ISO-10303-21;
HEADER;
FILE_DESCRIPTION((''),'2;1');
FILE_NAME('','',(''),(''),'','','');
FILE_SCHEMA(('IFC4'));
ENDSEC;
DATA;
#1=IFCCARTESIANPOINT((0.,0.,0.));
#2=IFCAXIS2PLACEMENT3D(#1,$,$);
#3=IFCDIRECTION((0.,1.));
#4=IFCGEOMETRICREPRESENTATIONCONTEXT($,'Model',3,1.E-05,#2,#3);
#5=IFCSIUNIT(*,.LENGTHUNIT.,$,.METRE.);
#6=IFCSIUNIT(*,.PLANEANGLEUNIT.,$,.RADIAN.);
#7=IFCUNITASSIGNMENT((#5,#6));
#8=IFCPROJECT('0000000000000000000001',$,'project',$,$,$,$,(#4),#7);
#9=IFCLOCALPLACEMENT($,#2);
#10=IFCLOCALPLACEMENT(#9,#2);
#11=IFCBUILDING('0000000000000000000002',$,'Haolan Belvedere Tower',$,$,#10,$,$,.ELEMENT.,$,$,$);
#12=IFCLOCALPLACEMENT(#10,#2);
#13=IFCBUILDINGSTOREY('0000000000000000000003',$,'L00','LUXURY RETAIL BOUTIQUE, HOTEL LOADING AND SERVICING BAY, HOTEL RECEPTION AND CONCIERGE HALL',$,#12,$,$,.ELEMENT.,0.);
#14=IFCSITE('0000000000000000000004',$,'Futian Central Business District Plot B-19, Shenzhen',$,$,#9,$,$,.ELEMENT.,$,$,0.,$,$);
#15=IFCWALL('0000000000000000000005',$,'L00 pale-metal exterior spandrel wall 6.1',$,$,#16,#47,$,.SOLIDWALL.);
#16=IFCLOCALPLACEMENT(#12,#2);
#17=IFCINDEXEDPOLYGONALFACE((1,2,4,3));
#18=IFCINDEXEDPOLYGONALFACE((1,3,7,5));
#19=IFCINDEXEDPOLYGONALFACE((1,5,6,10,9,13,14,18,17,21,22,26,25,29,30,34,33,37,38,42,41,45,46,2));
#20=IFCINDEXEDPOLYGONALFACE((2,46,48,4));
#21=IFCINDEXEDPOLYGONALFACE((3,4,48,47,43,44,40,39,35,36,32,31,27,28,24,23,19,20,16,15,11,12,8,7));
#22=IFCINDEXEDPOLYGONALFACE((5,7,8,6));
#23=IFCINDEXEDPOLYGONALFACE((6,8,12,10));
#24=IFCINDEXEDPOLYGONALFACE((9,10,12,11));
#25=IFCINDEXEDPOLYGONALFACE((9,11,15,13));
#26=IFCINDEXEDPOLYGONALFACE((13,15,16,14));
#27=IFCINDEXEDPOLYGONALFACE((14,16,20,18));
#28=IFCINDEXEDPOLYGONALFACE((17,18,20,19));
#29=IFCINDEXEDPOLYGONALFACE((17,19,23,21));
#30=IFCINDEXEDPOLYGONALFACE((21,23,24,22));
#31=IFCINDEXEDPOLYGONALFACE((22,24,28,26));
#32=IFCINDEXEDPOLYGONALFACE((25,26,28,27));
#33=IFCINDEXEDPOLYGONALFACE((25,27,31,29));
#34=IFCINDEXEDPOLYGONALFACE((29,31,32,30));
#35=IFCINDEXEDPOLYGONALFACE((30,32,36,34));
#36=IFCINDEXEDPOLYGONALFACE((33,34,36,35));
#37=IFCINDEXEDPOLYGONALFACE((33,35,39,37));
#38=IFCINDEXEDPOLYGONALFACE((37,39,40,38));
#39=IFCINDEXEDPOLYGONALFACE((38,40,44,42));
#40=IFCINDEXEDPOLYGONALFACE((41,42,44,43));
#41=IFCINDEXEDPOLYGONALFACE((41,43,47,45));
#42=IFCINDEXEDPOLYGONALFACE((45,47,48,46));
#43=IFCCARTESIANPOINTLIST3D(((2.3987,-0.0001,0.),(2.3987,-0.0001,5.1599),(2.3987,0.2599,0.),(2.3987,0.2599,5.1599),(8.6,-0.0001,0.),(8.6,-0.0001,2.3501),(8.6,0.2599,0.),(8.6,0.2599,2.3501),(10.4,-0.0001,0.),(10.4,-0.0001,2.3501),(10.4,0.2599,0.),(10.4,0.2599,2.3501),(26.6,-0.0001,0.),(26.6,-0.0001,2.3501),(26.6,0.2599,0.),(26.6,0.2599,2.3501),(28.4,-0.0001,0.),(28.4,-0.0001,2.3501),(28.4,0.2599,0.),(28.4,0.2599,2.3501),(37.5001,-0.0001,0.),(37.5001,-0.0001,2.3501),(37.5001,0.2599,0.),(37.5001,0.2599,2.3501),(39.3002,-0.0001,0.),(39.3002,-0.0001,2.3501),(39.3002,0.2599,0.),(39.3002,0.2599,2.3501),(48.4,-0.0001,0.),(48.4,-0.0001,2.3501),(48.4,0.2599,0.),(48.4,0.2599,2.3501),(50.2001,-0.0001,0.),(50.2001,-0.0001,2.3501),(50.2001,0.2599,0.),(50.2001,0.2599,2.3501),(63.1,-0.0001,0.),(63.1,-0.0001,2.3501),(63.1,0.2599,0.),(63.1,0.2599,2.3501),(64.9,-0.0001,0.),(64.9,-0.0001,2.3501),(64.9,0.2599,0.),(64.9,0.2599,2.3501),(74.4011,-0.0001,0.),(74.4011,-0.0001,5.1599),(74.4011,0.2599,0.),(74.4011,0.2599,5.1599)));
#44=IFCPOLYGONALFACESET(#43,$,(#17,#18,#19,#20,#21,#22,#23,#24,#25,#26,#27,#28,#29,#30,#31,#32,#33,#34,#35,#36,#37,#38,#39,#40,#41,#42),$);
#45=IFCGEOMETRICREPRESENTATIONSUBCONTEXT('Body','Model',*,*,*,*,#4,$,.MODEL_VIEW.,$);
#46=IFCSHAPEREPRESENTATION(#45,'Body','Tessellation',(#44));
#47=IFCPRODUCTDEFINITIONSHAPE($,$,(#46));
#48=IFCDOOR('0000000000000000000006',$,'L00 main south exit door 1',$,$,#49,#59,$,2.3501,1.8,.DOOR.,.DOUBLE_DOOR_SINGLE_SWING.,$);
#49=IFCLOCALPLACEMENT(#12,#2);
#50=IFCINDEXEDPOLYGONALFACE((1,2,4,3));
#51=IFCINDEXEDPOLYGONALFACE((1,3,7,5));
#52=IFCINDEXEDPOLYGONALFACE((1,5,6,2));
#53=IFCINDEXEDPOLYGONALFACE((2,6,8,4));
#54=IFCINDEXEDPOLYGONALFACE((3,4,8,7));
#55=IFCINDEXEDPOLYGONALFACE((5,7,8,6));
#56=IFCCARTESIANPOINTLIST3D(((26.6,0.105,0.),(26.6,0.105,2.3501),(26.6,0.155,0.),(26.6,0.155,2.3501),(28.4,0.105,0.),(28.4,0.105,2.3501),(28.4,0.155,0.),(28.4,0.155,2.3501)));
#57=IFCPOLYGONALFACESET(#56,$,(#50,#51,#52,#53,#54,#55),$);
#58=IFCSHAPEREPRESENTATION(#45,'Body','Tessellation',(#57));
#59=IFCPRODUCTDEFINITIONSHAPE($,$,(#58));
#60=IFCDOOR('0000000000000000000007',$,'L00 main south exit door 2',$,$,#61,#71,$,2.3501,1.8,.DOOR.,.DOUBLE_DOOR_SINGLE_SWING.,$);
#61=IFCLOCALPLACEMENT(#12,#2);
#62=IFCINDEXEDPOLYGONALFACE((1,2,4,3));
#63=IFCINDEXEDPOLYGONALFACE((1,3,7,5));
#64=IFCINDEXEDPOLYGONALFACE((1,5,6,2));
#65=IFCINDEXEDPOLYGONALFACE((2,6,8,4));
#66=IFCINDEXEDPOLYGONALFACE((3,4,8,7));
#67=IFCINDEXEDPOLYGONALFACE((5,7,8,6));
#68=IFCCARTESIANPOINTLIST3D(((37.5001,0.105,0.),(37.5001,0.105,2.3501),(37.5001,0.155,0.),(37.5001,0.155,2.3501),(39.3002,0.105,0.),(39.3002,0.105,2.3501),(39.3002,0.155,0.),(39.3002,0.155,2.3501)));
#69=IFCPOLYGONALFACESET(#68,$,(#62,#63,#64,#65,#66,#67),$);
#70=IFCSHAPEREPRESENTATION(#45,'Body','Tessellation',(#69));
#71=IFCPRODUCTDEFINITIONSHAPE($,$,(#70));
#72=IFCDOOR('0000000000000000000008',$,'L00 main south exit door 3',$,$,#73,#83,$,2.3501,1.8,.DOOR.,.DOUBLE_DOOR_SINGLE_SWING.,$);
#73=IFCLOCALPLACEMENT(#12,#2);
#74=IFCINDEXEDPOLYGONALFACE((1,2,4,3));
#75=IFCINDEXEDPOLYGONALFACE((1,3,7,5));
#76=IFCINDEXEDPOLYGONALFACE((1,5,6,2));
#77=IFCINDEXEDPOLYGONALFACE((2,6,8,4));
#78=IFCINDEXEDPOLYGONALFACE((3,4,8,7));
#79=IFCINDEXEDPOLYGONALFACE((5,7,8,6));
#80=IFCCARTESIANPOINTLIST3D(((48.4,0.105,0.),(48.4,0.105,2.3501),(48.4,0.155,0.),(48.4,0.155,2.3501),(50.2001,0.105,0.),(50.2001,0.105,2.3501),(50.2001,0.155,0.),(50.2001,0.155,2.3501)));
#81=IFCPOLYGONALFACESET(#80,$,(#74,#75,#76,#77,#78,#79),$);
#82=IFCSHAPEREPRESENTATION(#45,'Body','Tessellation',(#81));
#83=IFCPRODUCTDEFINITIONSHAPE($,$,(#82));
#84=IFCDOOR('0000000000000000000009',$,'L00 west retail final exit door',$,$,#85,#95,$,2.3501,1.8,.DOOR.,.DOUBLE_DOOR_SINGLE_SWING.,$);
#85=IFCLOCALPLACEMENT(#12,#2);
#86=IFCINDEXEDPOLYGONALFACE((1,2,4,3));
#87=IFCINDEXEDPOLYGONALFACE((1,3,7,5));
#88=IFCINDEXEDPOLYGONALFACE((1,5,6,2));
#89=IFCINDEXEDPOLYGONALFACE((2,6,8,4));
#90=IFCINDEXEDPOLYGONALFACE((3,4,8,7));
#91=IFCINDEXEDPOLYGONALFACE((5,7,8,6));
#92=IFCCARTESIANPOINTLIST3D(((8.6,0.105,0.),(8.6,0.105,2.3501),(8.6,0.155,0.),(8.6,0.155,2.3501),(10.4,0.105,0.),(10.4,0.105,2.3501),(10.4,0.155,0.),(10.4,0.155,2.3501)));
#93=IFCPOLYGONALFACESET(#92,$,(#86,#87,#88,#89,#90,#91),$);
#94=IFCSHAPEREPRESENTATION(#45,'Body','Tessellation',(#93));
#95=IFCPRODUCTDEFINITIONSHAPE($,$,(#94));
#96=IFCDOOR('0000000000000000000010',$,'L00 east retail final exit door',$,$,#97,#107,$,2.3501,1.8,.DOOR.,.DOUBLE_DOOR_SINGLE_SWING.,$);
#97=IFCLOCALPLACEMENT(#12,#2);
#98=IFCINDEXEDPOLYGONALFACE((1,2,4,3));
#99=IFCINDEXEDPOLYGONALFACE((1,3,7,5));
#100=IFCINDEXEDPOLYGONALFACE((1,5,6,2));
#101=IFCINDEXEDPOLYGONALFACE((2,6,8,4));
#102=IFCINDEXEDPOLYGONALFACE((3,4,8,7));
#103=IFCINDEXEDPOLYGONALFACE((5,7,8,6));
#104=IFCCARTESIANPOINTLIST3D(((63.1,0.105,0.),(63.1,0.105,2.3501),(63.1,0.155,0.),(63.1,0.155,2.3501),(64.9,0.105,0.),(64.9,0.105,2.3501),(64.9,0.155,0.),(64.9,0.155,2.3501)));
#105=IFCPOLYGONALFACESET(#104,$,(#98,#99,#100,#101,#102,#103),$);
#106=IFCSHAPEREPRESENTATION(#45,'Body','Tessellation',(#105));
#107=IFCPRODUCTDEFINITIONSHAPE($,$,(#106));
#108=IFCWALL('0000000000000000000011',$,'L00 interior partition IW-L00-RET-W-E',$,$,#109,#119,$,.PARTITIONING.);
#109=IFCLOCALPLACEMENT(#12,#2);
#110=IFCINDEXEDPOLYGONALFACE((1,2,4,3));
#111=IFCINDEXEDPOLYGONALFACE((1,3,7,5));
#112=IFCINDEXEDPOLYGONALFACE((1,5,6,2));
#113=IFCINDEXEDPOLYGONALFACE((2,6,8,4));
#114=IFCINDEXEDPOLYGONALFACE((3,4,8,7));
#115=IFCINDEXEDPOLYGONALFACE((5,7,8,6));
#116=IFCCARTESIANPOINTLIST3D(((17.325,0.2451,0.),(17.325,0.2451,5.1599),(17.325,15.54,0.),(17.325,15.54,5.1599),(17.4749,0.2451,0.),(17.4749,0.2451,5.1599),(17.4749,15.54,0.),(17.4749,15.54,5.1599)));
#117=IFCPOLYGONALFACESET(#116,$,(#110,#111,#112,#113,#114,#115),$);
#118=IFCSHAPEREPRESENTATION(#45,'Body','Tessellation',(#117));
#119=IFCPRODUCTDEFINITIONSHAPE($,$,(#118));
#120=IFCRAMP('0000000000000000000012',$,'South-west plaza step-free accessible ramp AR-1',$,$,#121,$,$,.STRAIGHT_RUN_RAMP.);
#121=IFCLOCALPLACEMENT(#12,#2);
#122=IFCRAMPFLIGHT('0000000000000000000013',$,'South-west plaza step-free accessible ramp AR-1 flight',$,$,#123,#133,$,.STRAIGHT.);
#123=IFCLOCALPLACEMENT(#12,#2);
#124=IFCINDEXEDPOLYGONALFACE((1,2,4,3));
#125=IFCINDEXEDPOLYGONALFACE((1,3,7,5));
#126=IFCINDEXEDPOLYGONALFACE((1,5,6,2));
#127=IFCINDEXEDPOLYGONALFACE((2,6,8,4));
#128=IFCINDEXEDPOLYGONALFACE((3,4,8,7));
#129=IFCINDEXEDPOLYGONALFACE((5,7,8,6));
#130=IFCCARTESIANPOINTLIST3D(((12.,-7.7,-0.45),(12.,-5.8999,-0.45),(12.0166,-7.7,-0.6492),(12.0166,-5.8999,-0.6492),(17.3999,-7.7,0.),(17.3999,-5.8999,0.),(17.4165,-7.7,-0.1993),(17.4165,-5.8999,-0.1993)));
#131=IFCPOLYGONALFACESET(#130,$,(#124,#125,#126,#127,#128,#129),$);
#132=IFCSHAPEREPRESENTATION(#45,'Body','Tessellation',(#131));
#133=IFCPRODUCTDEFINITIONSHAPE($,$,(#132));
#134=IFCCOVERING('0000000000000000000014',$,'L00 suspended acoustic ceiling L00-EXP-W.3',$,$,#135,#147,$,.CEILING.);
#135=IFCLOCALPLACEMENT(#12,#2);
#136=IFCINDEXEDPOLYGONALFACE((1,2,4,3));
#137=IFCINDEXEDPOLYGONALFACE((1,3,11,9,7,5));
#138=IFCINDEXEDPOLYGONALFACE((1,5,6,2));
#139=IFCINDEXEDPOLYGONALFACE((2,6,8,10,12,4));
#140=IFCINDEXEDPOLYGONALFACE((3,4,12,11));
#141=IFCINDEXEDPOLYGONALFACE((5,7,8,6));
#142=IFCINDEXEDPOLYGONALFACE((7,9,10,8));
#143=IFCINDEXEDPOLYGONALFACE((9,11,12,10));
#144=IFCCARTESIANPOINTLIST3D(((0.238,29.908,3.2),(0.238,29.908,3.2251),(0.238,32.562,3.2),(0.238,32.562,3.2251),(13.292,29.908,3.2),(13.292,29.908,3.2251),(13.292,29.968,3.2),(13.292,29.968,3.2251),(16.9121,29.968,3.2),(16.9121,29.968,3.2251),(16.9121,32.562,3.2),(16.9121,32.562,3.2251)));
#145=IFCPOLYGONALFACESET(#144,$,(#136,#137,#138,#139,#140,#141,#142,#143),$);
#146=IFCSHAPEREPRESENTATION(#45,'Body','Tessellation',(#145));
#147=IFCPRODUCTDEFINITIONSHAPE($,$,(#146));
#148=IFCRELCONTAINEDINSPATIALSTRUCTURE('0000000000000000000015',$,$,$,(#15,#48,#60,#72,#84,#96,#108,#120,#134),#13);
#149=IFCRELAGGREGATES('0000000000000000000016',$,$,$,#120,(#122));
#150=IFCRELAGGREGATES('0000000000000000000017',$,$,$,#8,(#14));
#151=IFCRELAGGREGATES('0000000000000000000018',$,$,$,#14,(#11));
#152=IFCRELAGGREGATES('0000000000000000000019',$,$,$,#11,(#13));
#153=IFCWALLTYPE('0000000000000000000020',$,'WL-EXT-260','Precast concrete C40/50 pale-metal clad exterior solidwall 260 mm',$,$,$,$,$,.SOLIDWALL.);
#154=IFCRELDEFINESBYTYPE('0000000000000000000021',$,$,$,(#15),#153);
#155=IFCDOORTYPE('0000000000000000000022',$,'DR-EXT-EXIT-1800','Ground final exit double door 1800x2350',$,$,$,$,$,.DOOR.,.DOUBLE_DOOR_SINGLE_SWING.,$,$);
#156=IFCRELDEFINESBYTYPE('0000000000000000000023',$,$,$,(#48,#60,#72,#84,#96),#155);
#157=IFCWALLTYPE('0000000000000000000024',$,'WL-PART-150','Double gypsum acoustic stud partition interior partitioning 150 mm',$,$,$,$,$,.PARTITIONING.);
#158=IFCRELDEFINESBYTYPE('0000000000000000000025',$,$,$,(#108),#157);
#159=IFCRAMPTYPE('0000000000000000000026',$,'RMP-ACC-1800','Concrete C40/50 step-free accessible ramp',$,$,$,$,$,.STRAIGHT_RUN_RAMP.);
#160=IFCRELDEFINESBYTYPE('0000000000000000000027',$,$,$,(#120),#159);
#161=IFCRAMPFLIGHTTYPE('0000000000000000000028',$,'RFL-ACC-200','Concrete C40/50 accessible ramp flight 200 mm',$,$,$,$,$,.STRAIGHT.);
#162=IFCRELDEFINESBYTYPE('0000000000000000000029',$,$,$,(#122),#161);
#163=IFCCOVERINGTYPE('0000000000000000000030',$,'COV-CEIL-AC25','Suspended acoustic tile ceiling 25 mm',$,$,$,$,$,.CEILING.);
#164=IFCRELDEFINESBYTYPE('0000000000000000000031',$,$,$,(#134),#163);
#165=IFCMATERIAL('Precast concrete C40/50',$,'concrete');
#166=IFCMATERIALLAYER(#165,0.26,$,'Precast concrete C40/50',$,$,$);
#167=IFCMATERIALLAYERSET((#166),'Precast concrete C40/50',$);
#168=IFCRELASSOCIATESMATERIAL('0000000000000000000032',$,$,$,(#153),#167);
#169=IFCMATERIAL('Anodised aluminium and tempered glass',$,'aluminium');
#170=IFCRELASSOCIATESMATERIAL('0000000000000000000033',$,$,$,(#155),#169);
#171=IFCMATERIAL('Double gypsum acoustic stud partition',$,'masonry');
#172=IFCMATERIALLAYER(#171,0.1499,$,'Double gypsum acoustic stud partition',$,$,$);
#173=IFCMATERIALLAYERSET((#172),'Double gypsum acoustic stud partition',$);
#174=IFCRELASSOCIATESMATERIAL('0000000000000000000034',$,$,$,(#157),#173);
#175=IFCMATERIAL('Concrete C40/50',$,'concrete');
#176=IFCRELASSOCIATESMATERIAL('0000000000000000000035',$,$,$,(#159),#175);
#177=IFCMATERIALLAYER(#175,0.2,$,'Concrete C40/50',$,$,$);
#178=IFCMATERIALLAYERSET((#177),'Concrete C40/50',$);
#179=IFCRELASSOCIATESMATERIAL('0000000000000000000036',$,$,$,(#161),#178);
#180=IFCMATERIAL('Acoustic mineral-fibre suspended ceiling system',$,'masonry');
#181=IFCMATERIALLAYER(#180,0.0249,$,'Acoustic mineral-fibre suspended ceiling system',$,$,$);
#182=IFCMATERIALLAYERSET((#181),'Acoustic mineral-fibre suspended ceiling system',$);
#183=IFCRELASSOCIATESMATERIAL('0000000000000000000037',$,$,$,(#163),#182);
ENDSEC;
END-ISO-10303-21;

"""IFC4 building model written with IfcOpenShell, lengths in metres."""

from ifc_helpers import new_model, si_unit, direction, frame, frame_2d, origin, place, context, subcontext, project, spatial, polyline, rectangle, outline, extrude, material, layer, layer_set, type_object, element, fill, aggregate, save


model = new_model("IFC4")

# Units and contexts
model_context = context("Model", 3, precision=1e-05, world=origin(), true_north=direction((0.0, 1.0)))
body_context = subcontext(model_context, "Body", "Model", "MODEL_VIEW")
ifc_project = project(units=[si_unit("LENGTHUNIT", "METRE"), si_unit("PLANEANGLEUNIT", "RADIAN")], contexts=[model_context])

# Site, building, storey
site_placement = place(None, origin())
site = spatial("IfcSite", under=ifc_project, at=site_placement, Name="Futian Central Business District Plot B-19, Shenzhen", CompositionType="ELEMENT", RefElevation=0.0)
building_placement = place(site_placement, origin())
building = spatial("IfcBuilding", under=site, at=building_placement, Name="Haolan Belvedere Tower", CompositionType="ELEMENT")
storey_placement = place(building_placement, origin())
storey = spatial("IfcBuildingStorey", under=building, at=storey_placement, Name="L00", Description="LUXURY RETAIL BOUTIQUE, HOTEL LOADING AND SERVICING BAY, HOTEL RECEPTION AND CONCIERGE HALL", CompositionType="ELEMENT", Elevation=0.0)

# Shared definitions
ifc_material_1 = material(Name="Precast concrete C40/50", Category="concrete")
ifc_layer_1 = layer(ifc_material_1, 0.26, Name="Precast concrete C40/50")
ifc_layer_set_1 = layer_set([ifc_layer_1], Name="Precast concrete C40/50")
wall_type_1 = type_object("IfcWallType", Name="WL-EXT-260", Description="Precast concrete C40/50 pale-metal clad exterior solidwall 260 mm", PredefinedType="SOLIDWALL", material=ifc_layer_set_1)

# Wall, openings, doors
wall_1_placement = place(storey_placement, frame((2.3987, 0.1299, 0.0), z_axis=(0.0, 0.0, 1.0), x_axis=(1.0, 0.0, 0.0)))
wall_1 = element("IfcWall", 1, at=wall_1_placement, inside=storey, type_object=wall_type_1, Name="L00 pale-metal exterior spandrel wall 6.1", PredefinedType="SOLIDWALL", context=body_context, shape_type="SweptSolid", body=[
    extrude(rectangle(XDim=72.0024, YDim=0.26, at=frame_2d((36.0012, 0.0))), origin(), (0.0, 0.0, 1.0), 5.1599),
])
opening_1_placement = place(wall_1_placement, frame((26.0012, 0.0, 0.0), z_axis=(0.0, 0.0, 1.0), x_axis=(-1.0, 0.0, 0.0)))
opening_1 = element("IfcOpeningElement", 2, at=opening_1_placement, cuts=wall_1, PredefinedType="OPENING", context=body_context, shape_type="SweptSolid", body=[
    extrude(rectangle(XDim=1.8, YDim=2.3501, at=frame_2d((0.8999, 1.175))), frame((0.0, 0.1399, 0.0), z_axis=(0.0, -1.0, 0.0), x_axis=(1.0, 0.0, 0.0)), (0.0, 0.0, 1.0), 0.28),
])
opening_2_placement = place(wall_1_placement, frame((36.9014, 0.0, 0.0), z_axis=(0.0, 0.0, 1.0), x_axis=(-1.0, 0.0, 0.0)))
opening_2 = element("IfcOpeningElement", 3, at=opening_2_placement, cuts=wall_1, PredefinedType="OPENING", context=body_context, shape_type="SweptSolid", body=[
    extrude(rectangle(XDim=1.8, YDim=2.3501, at=frame_2d((0.8999, 1.175))), frame((0.0, 0.1399, 0.0), z_axis=(0.0, -1.0, 0.0), x_axis=(1.0, 0.0, 0.0)), (0.0, 0.0, 1.0), 0.28),
])
opening_3_placement = place(wall_1_placement, frame((47.8013, 0.0, 0.0), z_axis=(0.0, 0.0, 1.0), x_axis=(-1.0, 0.0, 0.0)))
opening_3 = element("IfcOpeningElement", 4, at=opening_3_placement, cuts=wall_1, PredefinedType="OPENING", context=body_context, shape_type="SweptSolid", body=[
    extrude(rectangle(XDim=1.8, YDim=2.3501, at=frame_2d((0.8999, 1.175))), frame((0.0, 0.1399, 0.0), z_axis=(0.0, -1.0, 0.0), x_axis=(1.0, 0.0, 0.0)), (0.0, 0.0, 1.0), 0.28),
])
opening_4_placement = place(wall_1_placement, frame((8.0012, 0.0, 0.0), z_axis=(0.0, 0.0, 1.0), x_axis=(-1.0, 0.0, 0.0)))
opening_4 = element("IfcOpeningElement", 5, at=opening_4_placement, cuts=wall_1, PredefinedType="OPENING", context=body_context, shape_type="SweptSolid", body=[
    extrude(rectangle(XDim=1.8, YDim=2.3501, at=frame_2d((0.8999, 1.175))), frame((0.0, 0.1399, 0.0), z_axis=(0.0, -1.0, 0.0), x_axis=(1.0, 0.0, 0.0)), (0.0, 0.0, 1.0), 0.28),
])
opening_5_placement = place(wall_1_placement, frame((62.5012, 0.0, 0.0), z_axis=(0.0, 0.0, 1.0), x_axis=(-1.0, 0.0, 0.0)))
opening_5 = element("IfcOpeningElement", 6, at=opening_5_placement, cuts=wall_1, PredefinedType="OPENING", context=body_context, shape_type="SweptSolid", body=[
    extrude(rectangle(XDim=1.8, YDim=2.3501, at=frame_2d((0.8999, 1.175))), frame((0.0, 0.1399, 0.0), z_axis=(0.0, -1.0, 0.0), x_axis=(1.0, 0.0, 0.0)), (0.0, 0.0, 1.0), 0.28),
])
ifc_material_2 = material(Name="Anodised aluminium and tempered glass", Category="aluminium")
door_type = type_object("IfcDoorType", Name="DR-EXT-EXIT-1800", Description="Ground final exit double door 1800x2350", OperationType="DOUBLE_DOOR_SINGLE_SWING", PredefinedType="DOOR", material=ifc_material_2)
door_1_placement = place(opening_1_placement, origin())
door_1 = element("IfcDoor", 7, at=door_1_placement, inside=storey, type_object=door_type, Name="L00 main south exit door 1", OperationType="DOUBLE_DOOR_SINGLE_SWING", OverallHeight=2.3501, OverallWidth=1.8, PredefinedType="DOOR", context=body_context, shape_type="SweptSolid", body=[
    extrude(rectangle(XDim=1.8, YDim=2.3501, at=frame_2d((0.8999, 1.175))), frame((0.0, 0.0249, 0.0), z_axis=(0.0, -1.0, 0.0), x_axis=(1.0, 0.0, 0.0)), (0.0, 0.0, 1.0), 0.05),
])
fill(opening_1, door_1)
door_2_placement = place(opening_2_placement, origin())
door_2 = element("IfcDoor", 8, at=door_2_placement, inside=storey, type_object=door_type, Name="L00 main south exit door 2", OperationType="DOUBLE_DOOR_SINGLE_SWING", OverallHeight=2.3501, OverallWidth=1.8, PredefinedType="DOOR", context=body_context, shape_type="SweptSolid", body=[
    extrude(rectangle(XDim=1.8, YDim=2.3501, at=frame_2d((0.8999, 1.175))), frame((0.0, 0.0249, 0.0), z_axis=(0.0, -1.0, 0.0), x_axis=(1.0, 0.0, 0.0)), (0.0, 0.0, 1.0), 0.05),
])
fill(opening_2, door_2)
door_3_placement = place(opening_3_placement, origin())
door_3 = element("IfcDoor", 9, at=door_3_placement, inside=storey, type_object=door_type, Name="L00 main south exit door 3", OperationType="DOUBLE_DOOR_SINGLE_SWING", OverallHeight=2.3501, OverallWidth=1.8, PredefinedType="DOOR", context=body_context, shape_type="SweptSolid", body=[
    extrude(rectangle(XDim=1.8, YDim=2.3501, at=frame_2d((0.8999, 1.175))), frame((0.0, 0.0249, 0.0), z_axis=(0.0, -1.0, 0.0), x_axis=(1.0, 0.0, 0.0)), (0.0, 0.0, 1.0), 0.05),
])
fill(opening_3, door_3)
door_4_placement = place(opening_4_placement, origin())
door_4 = element("IfcDoor", 10, at=door_4_placement, inside=storey, type_object=door_type, Name="L00 west retail final exit door", OperationType="DOUBLE_DOOR_SINGLE_SWING", OverallHeight=2.3501, OverallWidth=1.8, PredefinedType="DOOR", context=body_context, shape_type="SweptSolid", body=[
    extrude(rectangle(XDim=1.8, YDim=2.3501, at=frame_2d((0.8999, 1.175))), frame((0.0, 0.0249, 0.0), z_axis=(0.0, -1.0, 0.0), x_axis=(1.0, 0.0, 0.0)), (0.0, 0.0, 1.0), 0.05),
])
fill(opening_4, door_4)
door_5_placement = place(opening_5_placement, origin())
door_5 = element("IfcDoor", 11, at=door_5_placement, inside=storey, type_object=door_type, Name="L00 east retail final exit door", OperationType="DOUBLE_DOOR_SINGLE_SWING", OverallHeight=2.3501, OverallWidth=1.8, PredefinedType="DOOR", context=body_context, shape_type="SweptSolid", body=[
    extrude(rectangle(XDim=1.8, YDim=2.3501, at=frame_2d((0.8999, 1.175))), frame((0.0, 0.0249, 0.0), z_axis=(0.0, -1.0, 0.0), x_axis=(1.0, 0.0, 0.0)), (0.0, 0.0, 1.0), 0.05),
])
fill(opening_5, door_5)

# Wall
ifc_material_3 = material(Name="Double gypsum acoustic stud partition", Category="masonry")
ifc_layer_2 = layer(ifc_material_3, 0.1499, Name="Double gypsum acoustic stud partition")
ifc_layer_set_2 = layer_set([ifc_layer_2], Name="Double gypsum acoustic stud partition")
wall_type_2 = type_object("IfcWallType", Name="WL-PART-150", Description="Double gypsum acoustic stud partition interior partitioning 150 mm", PredefinedType="PARTITIONING", material=ifc_layer_set_2)
wall_2_placement = place(storey_placement, frame((17.3999, 0.2451, 0.0), z_axis=(0.0, 0.0, 1.0), x_axis=(0.0, 1.0, 0.0)))
element("IfcWall", 12, at=wall_2_placement, inside=storey, type_object=wall_type_2, Name="L00 interior partition IW-L00-RET-W-E", PredefinedType="PARTITIONING", context=body_context, shape_type="SweptSolid", body=[
    extrude(rectangle(XDim=15.2949, YDim=0.1499, at=frame_2d((7.6475, 0.0))), origin(), (0.0, 0.0, 1.0), 5.1599),
])

# Ramp, ramp flight
ifc_material_4 = material(Name="Concrete C40/50", Category="concrete")
ramp_type = type_object("IfcRampType", Name="RMP-ACC-1800", Description="Concrete C40/50 step-free accessible ramp", PredefinedType="STRAIGHT_RUN_RAMP", material=ifc_material_4)
ramp_placement = place(storey_placement, origin())
ramp = element("IfcRamp", 13, at=ramp_placement, inside=storey, type_object=ramp_type, Name="South-west plaza step-free accessible ramp AR-1", PredefinedType="STRAIGHT_RUN_RAMP")
ifc_layer_3 = layer(ifc_material_4, 0.2, Name="Concrete C40/50")
ifc_layer_set_3 = layer_set([ifc_layer_3], Name="Concrete C40/50")
ramp_flight_type = type_object("IfcRampFlightType", Name="RFL-ACC-200", Description="Concrete C40/50 accessible ramp flight 200 mm", PredefinedType="STRAIGHT", material=ifc_layer_set_3)
ramp_flight_placement = place(storey_placement, frame((12.0, -7.7, -0.45), z_axis=(-0.083038, 0.0, 0.996546), x_axis=(0.996546, 0.0, 0.083038)))
ramp_flight = element("IfcRampFlight", 14, at=ramp_flight_placement, type_object=ramp_flight_type, Name="South-west plaza step-free accessible ramp AR-1 flight", PredefinedType="STRAIGHT", context=body_context, shape_type="SweptSolid", body=[
    extrude(outline(polyline([(0.0, 0.0), (5.4186, 0.0), (5.4186, 1.8), (0.0, 1.8), (0.0, 0.0)])), origin(), (0.0, 0.0, -1.0), 0.2),
])
aggregate(ramp, [ramp_flight])

# Covering
ifc_material_5 = material(Name="Acoustic mineral-fibre suspended ceiling system", Category="masonry")
ifc_layer_4 = layer(ifc_material_5, 0.0249, Name="Acoustic mineral-fibre suspended ceiling system")
ifc_layer_set_4 = layer_set([ifc_layer_4], Name="Acoustic mineral-fibre suspended ceiling system")
covering_type_1 = type_object("IfcCoveringType", Name="COV-CEIL-AC25", Description="Suspended acoustic tile ceiling 25 mm", PredefinedType="CEILING", material=ifc_layer_set_4)
covering_1_placement = place(storey_placement, frame((0.0, 0.0, 3.2)))
element("IfcCovering", 15, at=covering_1_placement, inside=storey, type_object=covering_type_1, Name="L00 suspended acoustic ceiling L00-EXP-W.3", PredefinedType="CEILING", context=body_context, shape_type="SweptSolid", body=[
    extrude(outline(polyline([(16.9121, 29.968), (16.9121, 32.562), (0.238, 32.562), (0.238, 29.908), (13.292, 29.908), (13.292, 29.968), (16.9121, 29.968)])), origin(), (0.0, 0.0, 1.0), 0.0251),
])

save(model, "model.ifc")
